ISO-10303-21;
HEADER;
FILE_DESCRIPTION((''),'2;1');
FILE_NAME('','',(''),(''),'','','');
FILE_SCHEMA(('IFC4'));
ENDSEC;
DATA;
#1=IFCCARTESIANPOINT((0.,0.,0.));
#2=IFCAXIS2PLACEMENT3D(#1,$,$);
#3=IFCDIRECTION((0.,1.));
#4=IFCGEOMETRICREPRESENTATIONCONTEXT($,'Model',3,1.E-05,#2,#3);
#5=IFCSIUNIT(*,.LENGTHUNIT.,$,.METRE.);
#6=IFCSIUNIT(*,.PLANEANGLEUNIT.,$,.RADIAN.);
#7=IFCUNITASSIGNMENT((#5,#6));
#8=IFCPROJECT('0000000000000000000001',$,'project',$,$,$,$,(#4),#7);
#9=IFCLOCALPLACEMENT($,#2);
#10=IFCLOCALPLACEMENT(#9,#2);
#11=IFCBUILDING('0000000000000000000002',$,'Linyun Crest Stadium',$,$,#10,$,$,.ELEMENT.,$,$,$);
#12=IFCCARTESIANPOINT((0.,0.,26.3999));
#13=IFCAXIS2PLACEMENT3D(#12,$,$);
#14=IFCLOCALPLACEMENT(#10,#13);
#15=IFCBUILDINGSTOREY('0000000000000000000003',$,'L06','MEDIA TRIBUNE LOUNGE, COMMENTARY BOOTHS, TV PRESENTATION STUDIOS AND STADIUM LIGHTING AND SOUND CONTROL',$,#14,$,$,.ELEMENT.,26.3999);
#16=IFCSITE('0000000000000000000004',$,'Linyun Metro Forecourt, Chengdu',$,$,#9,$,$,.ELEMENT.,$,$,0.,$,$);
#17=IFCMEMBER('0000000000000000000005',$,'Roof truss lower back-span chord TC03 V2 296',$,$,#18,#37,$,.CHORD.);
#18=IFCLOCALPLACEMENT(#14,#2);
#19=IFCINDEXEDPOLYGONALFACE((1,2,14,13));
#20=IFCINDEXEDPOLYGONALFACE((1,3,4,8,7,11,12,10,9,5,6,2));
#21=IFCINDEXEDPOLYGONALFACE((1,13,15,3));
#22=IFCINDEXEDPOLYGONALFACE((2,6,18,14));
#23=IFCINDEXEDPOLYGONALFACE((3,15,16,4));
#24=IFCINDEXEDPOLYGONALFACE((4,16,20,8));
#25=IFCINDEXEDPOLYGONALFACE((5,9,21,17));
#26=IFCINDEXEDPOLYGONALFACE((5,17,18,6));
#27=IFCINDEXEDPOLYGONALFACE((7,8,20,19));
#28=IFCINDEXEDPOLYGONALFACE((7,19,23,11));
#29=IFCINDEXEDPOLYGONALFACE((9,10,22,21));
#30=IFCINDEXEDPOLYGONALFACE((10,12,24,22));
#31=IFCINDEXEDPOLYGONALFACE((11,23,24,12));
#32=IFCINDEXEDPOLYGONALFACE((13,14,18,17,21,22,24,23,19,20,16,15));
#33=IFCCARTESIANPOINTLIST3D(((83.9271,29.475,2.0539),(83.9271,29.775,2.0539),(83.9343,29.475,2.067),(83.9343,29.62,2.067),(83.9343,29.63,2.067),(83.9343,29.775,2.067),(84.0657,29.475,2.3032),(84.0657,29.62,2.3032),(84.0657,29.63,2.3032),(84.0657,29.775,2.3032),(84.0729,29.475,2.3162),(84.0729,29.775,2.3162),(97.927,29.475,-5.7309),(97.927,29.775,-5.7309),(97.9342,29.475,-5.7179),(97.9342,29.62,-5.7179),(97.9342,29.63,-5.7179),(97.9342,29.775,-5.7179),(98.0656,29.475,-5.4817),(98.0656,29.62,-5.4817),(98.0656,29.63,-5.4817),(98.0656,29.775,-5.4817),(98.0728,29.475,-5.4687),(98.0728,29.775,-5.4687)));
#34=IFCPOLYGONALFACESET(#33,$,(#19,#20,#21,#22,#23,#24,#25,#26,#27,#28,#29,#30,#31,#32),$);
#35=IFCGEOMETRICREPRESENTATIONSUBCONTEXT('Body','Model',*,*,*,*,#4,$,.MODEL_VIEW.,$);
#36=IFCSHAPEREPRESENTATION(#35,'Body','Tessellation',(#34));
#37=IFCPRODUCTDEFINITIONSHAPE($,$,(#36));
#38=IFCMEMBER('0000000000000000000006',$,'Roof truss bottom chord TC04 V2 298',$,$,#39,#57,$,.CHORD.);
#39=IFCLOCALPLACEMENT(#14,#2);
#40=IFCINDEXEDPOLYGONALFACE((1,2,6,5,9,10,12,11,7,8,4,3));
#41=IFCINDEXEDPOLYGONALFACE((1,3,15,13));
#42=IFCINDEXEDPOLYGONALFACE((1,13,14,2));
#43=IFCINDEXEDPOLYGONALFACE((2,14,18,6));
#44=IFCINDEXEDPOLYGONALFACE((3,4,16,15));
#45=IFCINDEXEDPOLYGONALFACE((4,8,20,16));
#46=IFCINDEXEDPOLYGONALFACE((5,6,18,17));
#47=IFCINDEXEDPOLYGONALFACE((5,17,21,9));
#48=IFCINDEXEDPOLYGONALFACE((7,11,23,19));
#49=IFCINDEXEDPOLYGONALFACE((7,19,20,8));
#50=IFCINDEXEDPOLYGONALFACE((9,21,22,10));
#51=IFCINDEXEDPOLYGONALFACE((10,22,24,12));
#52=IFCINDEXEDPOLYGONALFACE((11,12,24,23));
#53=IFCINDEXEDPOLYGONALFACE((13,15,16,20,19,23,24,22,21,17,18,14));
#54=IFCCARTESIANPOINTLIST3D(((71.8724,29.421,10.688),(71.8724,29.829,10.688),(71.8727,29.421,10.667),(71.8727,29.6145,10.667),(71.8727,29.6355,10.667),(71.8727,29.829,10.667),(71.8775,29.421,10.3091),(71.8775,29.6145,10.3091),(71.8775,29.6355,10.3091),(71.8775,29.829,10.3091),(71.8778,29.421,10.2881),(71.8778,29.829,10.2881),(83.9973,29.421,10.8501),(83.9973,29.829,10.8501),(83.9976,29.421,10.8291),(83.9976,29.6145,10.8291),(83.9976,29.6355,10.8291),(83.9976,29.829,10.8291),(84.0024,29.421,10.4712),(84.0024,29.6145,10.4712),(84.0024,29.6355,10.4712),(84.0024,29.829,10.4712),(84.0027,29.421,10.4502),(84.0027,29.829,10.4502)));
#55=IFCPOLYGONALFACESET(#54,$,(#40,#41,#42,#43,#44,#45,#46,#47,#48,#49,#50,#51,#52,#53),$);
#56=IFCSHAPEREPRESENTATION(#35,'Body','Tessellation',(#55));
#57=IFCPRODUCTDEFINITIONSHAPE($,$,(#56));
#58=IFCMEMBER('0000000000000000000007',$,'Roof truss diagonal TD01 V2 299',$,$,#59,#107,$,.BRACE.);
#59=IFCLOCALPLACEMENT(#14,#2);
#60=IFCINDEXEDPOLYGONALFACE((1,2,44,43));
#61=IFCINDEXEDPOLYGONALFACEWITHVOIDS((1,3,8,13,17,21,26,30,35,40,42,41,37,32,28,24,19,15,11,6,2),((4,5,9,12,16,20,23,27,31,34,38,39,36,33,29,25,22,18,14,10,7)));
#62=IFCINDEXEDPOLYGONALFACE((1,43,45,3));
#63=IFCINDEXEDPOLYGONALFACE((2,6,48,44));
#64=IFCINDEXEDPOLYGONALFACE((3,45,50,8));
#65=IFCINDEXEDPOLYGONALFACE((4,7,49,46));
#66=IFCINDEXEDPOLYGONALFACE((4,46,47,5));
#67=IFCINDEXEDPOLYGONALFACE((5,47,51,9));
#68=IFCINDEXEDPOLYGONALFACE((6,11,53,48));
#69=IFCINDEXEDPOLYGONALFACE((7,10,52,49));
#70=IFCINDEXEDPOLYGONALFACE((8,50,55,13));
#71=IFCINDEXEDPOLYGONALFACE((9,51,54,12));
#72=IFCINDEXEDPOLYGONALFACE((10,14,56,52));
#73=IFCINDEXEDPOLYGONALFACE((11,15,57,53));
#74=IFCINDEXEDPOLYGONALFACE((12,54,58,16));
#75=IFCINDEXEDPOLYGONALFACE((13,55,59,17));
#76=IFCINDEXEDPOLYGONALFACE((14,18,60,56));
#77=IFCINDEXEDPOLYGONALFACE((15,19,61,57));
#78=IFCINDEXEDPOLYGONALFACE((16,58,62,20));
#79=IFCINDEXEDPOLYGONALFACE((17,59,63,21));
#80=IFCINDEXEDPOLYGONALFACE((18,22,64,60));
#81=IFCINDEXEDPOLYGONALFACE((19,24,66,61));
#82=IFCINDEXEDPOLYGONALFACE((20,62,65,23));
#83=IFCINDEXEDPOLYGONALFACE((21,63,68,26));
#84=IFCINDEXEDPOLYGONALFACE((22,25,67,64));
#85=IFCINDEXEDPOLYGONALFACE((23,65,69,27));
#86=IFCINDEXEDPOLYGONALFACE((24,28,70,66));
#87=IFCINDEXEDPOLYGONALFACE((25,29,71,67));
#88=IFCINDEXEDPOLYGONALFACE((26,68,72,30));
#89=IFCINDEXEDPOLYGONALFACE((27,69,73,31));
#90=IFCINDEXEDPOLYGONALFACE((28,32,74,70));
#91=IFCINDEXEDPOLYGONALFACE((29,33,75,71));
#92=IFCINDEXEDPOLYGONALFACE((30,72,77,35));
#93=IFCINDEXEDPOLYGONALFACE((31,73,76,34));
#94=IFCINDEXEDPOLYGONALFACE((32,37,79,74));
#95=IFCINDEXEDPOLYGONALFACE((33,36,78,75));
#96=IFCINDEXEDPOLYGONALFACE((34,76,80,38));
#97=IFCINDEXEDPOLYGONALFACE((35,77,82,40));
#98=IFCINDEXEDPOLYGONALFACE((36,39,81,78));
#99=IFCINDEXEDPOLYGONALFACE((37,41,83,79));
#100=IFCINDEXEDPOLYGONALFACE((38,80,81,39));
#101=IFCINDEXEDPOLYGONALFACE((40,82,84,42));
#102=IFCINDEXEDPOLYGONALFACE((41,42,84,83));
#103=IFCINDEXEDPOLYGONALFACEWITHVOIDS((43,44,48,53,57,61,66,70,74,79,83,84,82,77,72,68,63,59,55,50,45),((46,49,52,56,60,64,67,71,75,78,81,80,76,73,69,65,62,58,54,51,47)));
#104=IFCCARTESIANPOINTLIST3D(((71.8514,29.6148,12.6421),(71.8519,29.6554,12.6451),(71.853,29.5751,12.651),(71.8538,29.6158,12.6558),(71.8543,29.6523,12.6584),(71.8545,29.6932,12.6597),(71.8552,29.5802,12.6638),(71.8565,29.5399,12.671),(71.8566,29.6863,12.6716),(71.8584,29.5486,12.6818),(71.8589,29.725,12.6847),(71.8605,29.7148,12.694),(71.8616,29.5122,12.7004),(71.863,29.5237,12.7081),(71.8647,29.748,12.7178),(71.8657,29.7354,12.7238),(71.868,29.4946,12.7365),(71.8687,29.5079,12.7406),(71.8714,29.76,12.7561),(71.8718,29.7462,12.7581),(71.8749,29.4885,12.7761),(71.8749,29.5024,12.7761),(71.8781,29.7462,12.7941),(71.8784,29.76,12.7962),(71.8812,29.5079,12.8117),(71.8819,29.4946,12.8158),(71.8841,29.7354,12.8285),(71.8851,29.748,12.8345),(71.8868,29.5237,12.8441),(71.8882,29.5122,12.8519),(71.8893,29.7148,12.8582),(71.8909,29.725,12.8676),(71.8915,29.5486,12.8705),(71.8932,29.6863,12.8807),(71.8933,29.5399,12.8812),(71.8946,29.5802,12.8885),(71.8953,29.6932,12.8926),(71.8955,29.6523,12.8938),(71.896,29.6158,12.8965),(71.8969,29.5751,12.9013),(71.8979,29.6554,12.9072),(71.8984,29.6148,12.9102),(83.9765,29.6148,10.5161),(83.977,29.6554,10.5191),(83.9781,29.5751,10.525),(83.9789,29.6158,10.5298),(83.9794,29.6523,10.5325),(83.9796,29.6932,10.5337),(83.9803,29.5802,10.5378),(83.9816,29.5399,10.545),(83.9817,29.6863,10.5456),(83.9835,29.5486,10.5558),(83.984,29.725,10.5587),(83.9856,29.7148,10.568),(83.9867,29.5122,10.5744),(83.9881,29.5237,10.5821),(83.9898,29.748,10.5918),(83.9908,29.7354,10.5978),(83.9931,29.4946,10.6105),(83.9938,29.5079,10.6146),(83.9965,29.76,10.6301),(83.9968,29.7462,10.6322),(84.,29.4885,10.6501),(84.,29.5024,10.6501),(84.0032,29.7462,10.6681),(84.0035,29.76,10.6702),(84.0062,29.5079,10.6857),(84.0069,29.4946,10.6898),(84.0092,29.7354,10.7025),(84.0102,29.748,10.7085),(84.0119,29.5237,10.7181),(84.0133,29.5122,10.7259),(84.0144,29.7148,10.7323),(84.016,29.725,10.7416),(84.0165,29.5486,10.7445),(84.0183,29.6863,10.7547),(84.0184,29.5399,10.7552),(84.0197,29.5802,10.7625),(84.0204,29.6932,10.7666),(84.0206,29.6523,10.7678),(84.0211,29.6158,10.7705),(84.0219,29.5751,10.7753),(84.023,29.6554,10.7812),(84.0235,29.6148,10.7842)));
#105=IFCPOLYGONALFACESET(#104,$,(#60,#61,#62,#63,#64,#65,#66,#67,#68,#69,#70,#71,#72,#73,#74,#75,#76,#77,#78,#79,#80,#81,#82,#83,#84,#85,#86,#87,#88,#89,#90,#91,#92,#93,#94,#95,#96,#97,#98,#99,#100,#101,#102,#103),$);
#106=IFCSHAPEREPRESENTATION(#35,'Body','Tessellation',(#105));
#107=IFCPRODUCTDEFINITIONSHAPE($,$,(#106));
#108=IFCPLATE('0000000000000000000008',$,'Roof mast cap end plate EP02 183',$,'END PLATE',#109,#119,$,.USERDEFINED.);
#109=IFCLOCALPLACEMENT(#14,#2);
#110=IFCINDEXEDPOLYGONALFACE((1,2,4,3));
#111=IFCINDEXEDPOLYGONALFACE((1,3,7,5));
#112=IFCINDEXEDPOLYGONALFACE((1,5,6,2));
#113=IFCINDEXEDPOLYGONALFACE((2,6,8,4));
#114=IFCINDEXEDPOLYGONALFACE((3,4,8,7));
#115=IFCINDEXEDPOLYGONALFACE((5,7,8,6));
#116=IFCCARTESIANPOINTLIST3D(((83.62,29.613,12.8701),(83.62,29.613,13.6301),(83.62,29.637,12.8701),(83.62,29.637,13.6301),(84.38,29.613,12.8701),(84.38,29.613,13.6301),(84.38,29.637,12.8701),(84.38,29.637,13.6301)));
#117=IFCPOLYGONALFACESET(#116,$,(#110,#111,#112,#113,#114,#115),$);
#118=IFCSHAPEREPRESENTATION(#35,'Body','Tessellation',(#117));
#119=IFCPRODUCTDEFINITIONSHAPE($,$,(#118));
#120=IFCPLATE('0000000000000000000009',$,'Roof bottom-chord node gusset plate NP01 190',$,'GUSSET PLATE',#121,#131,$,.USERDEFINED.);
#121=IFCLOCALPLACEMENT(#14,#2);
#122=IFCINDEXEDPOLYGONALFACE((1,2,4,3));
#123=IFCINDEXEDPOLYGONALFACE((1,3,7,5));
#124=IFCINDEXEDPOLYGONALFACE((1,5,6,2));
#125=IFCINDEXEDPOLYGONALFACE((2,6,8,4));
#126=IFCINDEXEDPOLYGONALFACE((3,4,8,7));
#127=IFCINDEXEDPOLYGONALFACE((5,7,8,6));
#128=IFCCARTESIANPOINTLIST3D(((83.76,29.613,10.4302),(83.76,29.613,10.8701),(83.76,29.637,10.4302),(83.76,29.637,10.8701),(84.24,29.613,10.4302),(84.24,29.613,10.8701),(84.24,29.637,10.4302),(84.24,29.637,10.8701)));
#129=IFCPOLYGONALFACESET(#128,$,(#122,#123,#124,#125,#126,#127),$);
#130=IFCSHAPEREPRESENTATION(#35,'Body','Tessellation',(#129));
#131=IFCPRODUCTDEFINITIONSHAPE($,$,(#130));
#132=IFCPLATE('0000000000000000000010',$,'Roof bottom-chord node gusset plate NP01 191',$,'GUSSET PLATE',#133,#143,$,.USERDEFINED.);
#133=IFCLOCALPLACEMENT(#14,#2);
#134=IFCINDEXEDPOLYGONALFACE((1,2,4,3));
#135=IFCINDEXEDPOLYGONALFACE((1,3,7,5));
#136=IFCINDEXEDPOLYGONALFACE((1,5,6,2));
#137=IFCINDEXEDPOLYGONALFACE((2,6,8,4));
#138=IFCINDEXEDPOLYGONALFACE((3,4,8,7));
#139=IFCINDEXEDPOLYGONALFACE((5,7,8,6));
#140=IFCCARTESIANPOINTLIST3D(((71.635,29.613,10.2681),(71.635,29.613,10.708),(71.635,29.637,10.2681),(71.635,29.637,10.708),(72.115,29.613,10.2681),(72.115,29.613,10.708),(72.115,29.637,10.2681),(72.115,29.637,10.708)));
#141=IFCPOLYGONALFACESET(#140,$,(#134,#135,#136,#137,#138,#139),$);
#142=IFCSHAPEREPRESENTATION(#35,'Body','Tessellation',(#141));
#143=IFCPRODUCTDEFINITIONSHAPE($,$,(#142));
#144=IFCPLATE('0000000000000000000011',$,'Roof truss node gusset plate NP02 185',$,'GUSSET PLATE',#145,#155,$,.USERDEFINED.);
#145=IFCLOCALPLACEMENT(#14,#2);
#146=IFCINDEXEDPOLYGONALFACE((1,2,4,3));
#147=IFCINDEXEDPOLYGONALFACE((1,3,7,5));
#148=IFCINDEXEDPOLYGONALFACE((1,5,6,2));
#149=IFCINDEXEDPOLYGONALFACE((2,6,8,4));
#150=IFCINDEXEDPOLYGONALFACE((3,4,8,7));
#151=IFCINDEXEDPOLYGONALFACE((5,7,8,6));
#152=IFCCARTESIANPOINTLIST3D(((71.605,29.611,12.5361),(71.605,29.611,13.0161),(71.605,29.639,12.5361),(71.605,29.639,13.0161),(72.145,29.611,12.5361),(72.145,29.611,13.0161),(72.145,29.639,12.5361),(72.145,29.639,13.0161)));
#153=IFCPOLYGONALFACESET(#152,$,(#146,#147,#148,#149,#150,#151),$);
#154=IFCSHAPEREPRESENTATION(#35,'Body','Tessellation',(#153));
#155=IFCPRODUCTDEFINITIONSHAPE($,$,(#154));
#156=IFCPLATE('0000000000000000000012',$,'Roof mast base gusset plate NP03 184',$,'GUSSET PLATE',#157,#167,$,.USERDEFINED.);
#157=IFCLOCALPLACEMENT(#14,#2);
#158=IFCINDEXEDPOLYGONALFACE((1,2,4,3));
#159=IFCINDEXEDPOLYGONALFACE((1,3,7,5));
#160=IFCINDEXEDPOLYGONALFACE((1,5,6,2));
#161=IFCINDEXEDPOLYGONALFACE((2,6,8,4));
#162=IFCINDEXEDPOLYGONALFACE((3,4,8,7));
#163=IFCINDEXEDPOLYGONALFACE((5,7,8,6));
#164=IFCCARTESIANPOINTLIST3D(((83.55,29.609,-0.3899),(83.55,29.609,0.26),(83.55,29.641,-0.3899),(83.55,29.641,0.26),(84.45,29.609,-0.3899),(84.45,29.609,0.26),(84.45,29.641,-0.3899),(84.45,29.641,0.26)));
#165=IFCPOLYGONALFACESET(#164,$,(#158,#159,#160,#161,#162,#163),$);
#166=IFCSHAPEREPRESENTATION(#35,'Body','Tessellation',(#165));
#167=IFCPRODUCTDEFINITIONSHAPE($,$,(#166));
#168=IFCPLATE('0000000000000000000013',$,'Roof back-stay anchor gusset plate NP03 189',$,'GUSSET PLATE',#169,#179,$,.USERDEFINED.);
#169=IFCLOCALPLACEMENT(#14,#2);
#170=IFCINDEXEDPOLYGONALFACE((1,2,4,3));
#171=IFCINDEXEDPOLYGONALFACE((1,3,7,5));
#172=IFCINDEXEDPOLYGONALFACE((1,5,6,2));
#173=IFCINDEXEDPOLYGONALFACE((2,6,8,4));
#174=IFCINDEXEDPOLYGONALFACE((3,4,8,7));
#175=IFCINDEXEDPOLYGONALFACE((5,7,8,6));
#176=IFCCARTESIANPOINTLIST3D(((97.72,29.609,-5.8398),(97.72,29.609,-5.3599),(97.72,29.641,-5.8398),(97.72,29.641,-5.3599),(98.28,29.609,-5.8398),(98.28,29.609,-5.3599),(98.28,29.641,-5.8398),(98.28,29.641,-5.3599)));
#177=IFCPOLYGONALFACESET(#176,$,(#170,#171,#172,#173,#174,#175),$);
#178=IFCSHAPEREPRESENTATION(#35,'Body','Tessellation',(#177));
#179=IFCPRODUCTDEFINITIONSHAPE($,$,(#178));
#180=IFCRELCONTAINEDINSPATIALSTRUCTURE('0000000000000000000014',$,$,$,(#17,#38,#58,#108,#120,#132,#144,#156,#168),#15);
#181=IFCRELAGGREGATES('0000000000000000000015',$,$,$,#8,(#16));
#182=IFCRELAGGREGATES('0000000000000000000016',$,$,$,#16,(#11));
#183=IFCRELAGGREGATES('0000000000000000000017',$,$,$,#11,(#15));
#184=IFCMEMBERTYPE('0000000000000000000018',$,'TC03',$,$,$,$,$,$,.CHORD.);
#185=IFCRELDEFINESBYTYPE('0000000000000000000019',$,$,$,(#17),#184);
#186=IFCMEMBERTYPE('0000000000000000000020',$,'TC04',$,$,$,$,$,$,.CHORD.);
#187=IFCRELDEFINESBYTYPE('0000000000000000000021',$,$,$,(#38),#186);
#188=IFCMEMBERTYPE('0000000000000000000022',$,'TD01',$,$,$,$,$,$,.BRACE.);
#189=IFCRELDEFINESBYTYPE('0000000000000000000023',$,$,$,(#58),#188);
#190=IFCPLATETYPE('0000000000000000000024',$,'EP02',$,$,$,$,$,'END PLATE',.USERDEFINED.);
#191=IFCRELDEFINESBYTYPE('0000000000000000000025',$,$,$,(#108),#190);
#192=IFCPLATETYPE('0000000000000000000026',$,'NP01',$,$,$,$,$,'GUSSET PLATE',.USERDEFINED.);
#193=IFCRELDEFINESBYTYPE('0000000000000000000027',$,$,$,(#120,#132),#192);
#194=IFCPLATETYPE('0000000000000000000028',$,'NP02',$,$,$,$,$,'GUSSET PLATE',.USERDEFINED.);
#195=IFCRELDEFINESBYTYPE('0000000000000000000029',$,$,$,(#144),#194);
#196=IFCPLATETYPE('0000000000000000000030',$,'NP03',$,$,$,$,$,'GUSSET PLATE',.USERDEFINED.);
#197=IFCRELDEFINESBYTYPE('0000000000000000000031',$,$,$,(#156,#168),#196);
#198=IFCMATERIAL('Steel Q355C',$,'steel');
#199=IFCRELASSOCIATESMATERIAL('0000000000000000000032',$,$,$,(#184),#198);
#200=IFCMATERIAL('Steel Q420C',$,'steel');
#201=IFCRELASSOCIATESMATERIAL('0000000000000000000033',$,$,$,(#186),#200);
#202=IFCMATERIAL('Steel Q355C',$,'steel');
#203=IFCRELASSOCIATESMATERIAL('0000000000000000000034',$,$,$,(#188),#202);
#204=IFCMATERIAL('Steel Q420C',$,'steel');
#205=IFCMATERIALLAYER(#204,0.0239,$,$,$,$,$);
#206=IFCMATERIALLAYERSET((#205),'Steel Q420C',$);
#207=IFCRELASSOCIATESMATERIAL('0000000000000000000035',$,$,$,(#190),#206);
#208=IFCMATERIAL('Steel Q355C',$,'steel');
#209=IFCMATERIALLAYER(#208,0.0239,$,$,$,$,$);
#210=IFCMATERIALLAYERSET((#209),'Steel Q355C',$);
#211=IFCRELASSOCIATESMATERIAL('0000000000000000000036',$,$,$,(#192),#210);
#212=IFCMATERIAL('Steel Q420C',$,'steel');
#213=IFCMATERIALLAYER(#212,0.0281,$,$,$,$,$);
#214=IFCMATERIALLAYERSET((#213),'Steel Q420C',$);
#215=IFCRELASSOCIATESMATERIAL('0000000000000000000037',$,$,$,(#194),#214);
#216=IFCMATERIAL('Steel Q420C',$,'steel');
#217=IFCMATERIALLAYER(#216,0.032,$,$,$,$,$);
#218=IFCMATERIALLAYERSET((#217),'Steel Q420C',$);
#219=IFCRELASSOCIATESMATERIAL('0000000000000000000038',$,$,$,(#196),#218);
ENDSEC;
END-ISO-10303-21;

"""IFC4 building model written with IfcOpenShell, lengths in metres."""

from ifc_helpers import new_model, si_unit, direction, frame, origin, origin_2d, place, context, subcontext, project, spatial, rectangle, hollow_circle, i_section, extrude, material, layer, layer_set, material_profile, profile_set, type_object, element, save


model = new_model("IFC4")

# Units and contexts
model_context = context("Model", 3, precision=1e-05, world=origin(), true_north=direction((0.0, 1.0)))
body_context = subcontext(model_context, "Body", "Model", "MODEL_VIEW")
ifc_project = project(units=[si_unit("LENGTHUNIT", "METRE"), si_unit("PLANEANGLEUNIT", "RADIAN")], contexts=[model_context])

# Site, building, storey
site_placement = place(None, origin())
site = spatial("IfcSite", under=ifc_project, at=site_placement, Name="Linyun Metro Forecourt, Chengdu", CompositionType="ELEMENT", RefElevation=0.0)
building_placement = place(site_placement, origin())
building = spatial("IfcBuilding", under=site, at=building_placement, Name="Linyun Crest Stadium", CompositionType="ELEMENT")
storey_placement = place(building_placement, frame((0.0, 0.0, 26.3999)))
storey = spatial("IfcBuildingStorey", under=building, at=storey_placement, Name="L06", Description="MEDIA TRIBUNE LOUNGE, COMMENTARY BOOTHS, TV PRESENTATION STUDIOS AND STADIUM LIGHTING AND SOUND CONTROL", CompositionType="ELEMENT", Elevation=26.3999)

# Members
ifc_material_1 = material(Name="Steel Q355C", Category="steel")
ifc_material_profile_1 = material_profile(ifc_material_1, i_section(OverallWidth=0.3, OverallDepth=0.3, WebThickness=0.01, FlangeThickness=0.0149, at=origin_2d()), Name="HW 300x300")
ifc_profile_set_1 = profile_set([ifc_material_profile_1], Name="Steel Q355C")
member_type_1 = type_object("IfcMemberType", Name="TC03", PredefinedType="CHORD", material=ifc_profile_set_1)
member_1_placement = place(storey_placement, frame((84.0, 29.625, 2.1851), z_axis=(0.873968, 0.0, -0.485983), x_axis=(0.0, 1.0, 0.0)))
element("IfcMember", 1, at=member_1_placement, inside=storey, type_object=member_type_1, Name="Roof truss lower back-span chord TC03 V2 296", PredefinedType="CHORD", context=body_context, shape_type="SweptSolid", body=[
    extrude(i_section(OverallWidth=0.3, OverallDepth=0.3, WebThickness=0.01, FlangeThickness=0.0149, at=origin_2d()), origin(), (0.0, 0.0, 1.0), 16.0188),
])
ifc_material_2 = material(Name="Steel Q420C", Category="steel")
ifc_material_profile_2 = material_profile(ifc_material_2, i_section(OverallWidth=0.408, OverallDepth=0.3999, WebThickness=0.021, FlangeThickness=0.021, at=origin_2d()), Name="HW 400x408")
ifc_profile_set_2 = profile_set([ifc_material_profile_2], Name="Steel Q420C")
member_type_2 = type_object("IfcMemberType", Name="TC04", PredefinedType="CHORD", material=ifc_profile_set_2)
member_2_placement = place(storey_placement, frame((84.0, 29.625, 10.6501), z_axis=(-0.999911, 0.0, -0.013369), x_axis=(0.0, -1.0, 0.0)))
element("IfcMember", 2, at=member_2_placement, inside=storey, type_object=member_type_2, Name="Roof truss bottom chord TC04 V2 298", PredefinedType="CHORD", context=body_context, shape_type="SweptSolid", body=[
    extrude(i_section(OverallWidth=0.408, OverallDepth=0.3999, WebThickness=0.021, FlangeThickness=0.021, at=origin_2d()), origin(), (0.0, 0.0, 1.0), 12.126),
])
ifc_material_3 = material(Name="Steel Q355C", Category="steel")
ifc_material_profile_3 = material_profile(ifc_material_3, hollow_circle(Radius=0.1365, WallThickness=0.0139, at=origin_2d()), Name="CHS 273x14")
ifc_profile_set_3 = profile_set([ifc_material_profile_3], Name="Steel Q355C")
member_type_3 = type_object("IfcMemberType", Name="TD01", PredefinedType="BRACE", material=ifc_profile_set_3)
member_3_placement = place(storey_placement, frame((84.0, 29.625, 10.6501), z_axis=(-0.984974, 0.0, 0.172704), x_axis=(0.0, -1.0, 0.0)))
element("IfcMember", 3, at=member_3_placement, inside=storey, type_object=member_type_3, Name="Roof truss diagonal TD01 V2 299", PredefinedType="BRACE", context=body_context, shape_type="SweptSolid", body=[
    extrude(hollow_circle(Radius=0.1365, WallThickness=0.0139, at=origin_2d()), origin(), (0.0, 0.0, 1.0), 12.3101),
])

# Plates
ifc_material_4 = material(Name="Steel Q420C", Category="steel")
ifc_layer_1 = layer(ifc_material_4, 0.0239)
ifc_layer_set_1 = layer_set([ifc_layer_1], Name="Steel Q420C")
plate_type_1 = type_object("IfcPlateType", Name="EP02", ElementType="END PLATE", PredefinedType="USERDEFINED", material=ifc_layer_set_1)
plate_1_placement = place(storey_placement, frame((84.0, 29.625, 12.8701), z_axis=(0.0, 0.0, 1.0), x_axis=(1.0, 0.0, 0.0)))
element("IfcPlate", 4, at=plate_1_placement, inside=storey, type_object=plate_type_1, Name="Roof mast cap end plate EP02 183", ObjectType="END PLATE", PredefinedType="USERDEFINED", context=body_context, shape_type="SweptSolid", body=[
    extrude(rectangle(XDim=0.76, YDim=0.0239, at=origin_2d()), origin(), (0.0, 0.0, 1.0), 0.76),
])
ifc_material_5 = material(Name="Steel Q355C", Category="steel")
ifc_layer_2 = layer(ifc_material_5, 0.0239)
ifc_layer_set_2 = layer_set([ifc_layer_2], Name="Steel Q355C")
plate_type_2 = type_object("IfcPlateType", Name="NP01", ElementType="GUSSET PLATE", PredefinedType="USERDEFINED", material=ifc_layer_set_2)
for number, where, z_axis, x_axis, name in (
    (5, (84.0, 29.625, 10.4302), (0.0, 0.0, 1.0), (1.0, 0.0, 0.0), "Roof bottom-chord node gusset plate NP01 190"),
    (6, (71.875, 29.625, 10.2681), (0.0, 0.0, 1.0), (1.0, 0.0, 0.0), "Roof bottom-chord node gusset plate NP01 191"),
):
    element("IfcPlate", number, at=place(storey_placement, frame(where, z_axis=z_axis, x_axis=x_axis)), inside=storey, type_object=plate_type_2, Name=name, ObjectType="GUSSET PLATE", PredefinedType="USERDEFINED", context=body_context, shape_type="SweptSolid", body=[
        extrude(rectangle(XDim=0.48, YDim=0.0239, at=origin_2d()), origin(), (0.0, 0.0, 1.0), 0.4399),
    ])
ifc_material_6 = material(Name="Steel Q420C", Category="steel")
ifc_layer_3 = layer(ifc_material_6, 0.0281)
ifc_layer_set_3 = layer_set([ifc_layer_3], Name="Steel Q420C")
plate_type_3 = type_object("IfcPlateType", Name="NP02", ElementType="GUSSET PLATE", PredefinedType="USERDEFINED", material=ifc_layer_set_3)
plate_2_placement = place(storey_placement, frame((71.875, 29.625, 12.5361), z_axis=(0.0, 0.0, 1.0), x_axis=(1.0, 0.0, 0.0)))
element("IfcPlate", 7, at=plate_2_placement, inside=storey, type_object=plate_type_3, Name="Roof truss node gusset plate NP02 185", ObjectType="GUSSET PLATE", PredefinedType="USERDEFINED", context=body_context, shape_type="SweptSolid", body=[
    extrude(rectangle(XDim=0.54, YDim=0.0281, at=origin_2d()), origin(), (0.0, 0.0, 1.0), 0.48),
])
ifc_material_7 = material(Name="Steel Q420C", Category="steel")
ifc_layer_4 = layer(ifc_material_7, 0.032)
ifc_layer_set_4 = layer_set([ifc_layer_4], Name="Steel Q420C")
plate_type_4 = type_object("IfcPlateType", Name="NP03", ElementType="GUSSET PLATE", PredefinedType="USERDEFINED", material=ifc_layer_set_4)
plate_3_placement = place(storey_placement, frame((84.0, 29.625, -0.3899), z_axis=(0.0, 0.0, 1.0), x_axis=(1.0, 0.0, 0.0)))
element("IfcPlate", 8, at=plate_3_placement, inside=storey, type_object=plate_type_4, Name="Roof mast base gusset plate NP03 184", ObjectType="GUSSET PLATE", PredefinedType="USERDEFINED", context=body_context, shape_type="SweptSolid", body=[
    extrude(rectangle(XDim=0.8999, YDim=0.032, at=origin_2d()), origin(), (0.0, 0.0, 1.0), 0.6499),
])
plate_4_placement = place(storey_placement, frame((98.0, 29.625, -5.8398), z_axis=(0.0, 0.0, 1.0), x_axis=(1.0, 0.0, 0.0)))
element("IfcPlate", 9, at=plate_4_placement, inside=storey, type_object=plate_type_4, Name="Roof back-stay anchor gusset plate NP03 189", ObjectType="GUSSET PLATE", PredefinedType="USERDEFINED", context=body_context, shape_type="SweptSolid", body=[
    extrude(rectangle(XDim=0.5601, YDim=0.032, at=origin_2d()), origin(), (0.0, 0.0, 1.0), 0.48),
])

save(model, "model.ifc")
